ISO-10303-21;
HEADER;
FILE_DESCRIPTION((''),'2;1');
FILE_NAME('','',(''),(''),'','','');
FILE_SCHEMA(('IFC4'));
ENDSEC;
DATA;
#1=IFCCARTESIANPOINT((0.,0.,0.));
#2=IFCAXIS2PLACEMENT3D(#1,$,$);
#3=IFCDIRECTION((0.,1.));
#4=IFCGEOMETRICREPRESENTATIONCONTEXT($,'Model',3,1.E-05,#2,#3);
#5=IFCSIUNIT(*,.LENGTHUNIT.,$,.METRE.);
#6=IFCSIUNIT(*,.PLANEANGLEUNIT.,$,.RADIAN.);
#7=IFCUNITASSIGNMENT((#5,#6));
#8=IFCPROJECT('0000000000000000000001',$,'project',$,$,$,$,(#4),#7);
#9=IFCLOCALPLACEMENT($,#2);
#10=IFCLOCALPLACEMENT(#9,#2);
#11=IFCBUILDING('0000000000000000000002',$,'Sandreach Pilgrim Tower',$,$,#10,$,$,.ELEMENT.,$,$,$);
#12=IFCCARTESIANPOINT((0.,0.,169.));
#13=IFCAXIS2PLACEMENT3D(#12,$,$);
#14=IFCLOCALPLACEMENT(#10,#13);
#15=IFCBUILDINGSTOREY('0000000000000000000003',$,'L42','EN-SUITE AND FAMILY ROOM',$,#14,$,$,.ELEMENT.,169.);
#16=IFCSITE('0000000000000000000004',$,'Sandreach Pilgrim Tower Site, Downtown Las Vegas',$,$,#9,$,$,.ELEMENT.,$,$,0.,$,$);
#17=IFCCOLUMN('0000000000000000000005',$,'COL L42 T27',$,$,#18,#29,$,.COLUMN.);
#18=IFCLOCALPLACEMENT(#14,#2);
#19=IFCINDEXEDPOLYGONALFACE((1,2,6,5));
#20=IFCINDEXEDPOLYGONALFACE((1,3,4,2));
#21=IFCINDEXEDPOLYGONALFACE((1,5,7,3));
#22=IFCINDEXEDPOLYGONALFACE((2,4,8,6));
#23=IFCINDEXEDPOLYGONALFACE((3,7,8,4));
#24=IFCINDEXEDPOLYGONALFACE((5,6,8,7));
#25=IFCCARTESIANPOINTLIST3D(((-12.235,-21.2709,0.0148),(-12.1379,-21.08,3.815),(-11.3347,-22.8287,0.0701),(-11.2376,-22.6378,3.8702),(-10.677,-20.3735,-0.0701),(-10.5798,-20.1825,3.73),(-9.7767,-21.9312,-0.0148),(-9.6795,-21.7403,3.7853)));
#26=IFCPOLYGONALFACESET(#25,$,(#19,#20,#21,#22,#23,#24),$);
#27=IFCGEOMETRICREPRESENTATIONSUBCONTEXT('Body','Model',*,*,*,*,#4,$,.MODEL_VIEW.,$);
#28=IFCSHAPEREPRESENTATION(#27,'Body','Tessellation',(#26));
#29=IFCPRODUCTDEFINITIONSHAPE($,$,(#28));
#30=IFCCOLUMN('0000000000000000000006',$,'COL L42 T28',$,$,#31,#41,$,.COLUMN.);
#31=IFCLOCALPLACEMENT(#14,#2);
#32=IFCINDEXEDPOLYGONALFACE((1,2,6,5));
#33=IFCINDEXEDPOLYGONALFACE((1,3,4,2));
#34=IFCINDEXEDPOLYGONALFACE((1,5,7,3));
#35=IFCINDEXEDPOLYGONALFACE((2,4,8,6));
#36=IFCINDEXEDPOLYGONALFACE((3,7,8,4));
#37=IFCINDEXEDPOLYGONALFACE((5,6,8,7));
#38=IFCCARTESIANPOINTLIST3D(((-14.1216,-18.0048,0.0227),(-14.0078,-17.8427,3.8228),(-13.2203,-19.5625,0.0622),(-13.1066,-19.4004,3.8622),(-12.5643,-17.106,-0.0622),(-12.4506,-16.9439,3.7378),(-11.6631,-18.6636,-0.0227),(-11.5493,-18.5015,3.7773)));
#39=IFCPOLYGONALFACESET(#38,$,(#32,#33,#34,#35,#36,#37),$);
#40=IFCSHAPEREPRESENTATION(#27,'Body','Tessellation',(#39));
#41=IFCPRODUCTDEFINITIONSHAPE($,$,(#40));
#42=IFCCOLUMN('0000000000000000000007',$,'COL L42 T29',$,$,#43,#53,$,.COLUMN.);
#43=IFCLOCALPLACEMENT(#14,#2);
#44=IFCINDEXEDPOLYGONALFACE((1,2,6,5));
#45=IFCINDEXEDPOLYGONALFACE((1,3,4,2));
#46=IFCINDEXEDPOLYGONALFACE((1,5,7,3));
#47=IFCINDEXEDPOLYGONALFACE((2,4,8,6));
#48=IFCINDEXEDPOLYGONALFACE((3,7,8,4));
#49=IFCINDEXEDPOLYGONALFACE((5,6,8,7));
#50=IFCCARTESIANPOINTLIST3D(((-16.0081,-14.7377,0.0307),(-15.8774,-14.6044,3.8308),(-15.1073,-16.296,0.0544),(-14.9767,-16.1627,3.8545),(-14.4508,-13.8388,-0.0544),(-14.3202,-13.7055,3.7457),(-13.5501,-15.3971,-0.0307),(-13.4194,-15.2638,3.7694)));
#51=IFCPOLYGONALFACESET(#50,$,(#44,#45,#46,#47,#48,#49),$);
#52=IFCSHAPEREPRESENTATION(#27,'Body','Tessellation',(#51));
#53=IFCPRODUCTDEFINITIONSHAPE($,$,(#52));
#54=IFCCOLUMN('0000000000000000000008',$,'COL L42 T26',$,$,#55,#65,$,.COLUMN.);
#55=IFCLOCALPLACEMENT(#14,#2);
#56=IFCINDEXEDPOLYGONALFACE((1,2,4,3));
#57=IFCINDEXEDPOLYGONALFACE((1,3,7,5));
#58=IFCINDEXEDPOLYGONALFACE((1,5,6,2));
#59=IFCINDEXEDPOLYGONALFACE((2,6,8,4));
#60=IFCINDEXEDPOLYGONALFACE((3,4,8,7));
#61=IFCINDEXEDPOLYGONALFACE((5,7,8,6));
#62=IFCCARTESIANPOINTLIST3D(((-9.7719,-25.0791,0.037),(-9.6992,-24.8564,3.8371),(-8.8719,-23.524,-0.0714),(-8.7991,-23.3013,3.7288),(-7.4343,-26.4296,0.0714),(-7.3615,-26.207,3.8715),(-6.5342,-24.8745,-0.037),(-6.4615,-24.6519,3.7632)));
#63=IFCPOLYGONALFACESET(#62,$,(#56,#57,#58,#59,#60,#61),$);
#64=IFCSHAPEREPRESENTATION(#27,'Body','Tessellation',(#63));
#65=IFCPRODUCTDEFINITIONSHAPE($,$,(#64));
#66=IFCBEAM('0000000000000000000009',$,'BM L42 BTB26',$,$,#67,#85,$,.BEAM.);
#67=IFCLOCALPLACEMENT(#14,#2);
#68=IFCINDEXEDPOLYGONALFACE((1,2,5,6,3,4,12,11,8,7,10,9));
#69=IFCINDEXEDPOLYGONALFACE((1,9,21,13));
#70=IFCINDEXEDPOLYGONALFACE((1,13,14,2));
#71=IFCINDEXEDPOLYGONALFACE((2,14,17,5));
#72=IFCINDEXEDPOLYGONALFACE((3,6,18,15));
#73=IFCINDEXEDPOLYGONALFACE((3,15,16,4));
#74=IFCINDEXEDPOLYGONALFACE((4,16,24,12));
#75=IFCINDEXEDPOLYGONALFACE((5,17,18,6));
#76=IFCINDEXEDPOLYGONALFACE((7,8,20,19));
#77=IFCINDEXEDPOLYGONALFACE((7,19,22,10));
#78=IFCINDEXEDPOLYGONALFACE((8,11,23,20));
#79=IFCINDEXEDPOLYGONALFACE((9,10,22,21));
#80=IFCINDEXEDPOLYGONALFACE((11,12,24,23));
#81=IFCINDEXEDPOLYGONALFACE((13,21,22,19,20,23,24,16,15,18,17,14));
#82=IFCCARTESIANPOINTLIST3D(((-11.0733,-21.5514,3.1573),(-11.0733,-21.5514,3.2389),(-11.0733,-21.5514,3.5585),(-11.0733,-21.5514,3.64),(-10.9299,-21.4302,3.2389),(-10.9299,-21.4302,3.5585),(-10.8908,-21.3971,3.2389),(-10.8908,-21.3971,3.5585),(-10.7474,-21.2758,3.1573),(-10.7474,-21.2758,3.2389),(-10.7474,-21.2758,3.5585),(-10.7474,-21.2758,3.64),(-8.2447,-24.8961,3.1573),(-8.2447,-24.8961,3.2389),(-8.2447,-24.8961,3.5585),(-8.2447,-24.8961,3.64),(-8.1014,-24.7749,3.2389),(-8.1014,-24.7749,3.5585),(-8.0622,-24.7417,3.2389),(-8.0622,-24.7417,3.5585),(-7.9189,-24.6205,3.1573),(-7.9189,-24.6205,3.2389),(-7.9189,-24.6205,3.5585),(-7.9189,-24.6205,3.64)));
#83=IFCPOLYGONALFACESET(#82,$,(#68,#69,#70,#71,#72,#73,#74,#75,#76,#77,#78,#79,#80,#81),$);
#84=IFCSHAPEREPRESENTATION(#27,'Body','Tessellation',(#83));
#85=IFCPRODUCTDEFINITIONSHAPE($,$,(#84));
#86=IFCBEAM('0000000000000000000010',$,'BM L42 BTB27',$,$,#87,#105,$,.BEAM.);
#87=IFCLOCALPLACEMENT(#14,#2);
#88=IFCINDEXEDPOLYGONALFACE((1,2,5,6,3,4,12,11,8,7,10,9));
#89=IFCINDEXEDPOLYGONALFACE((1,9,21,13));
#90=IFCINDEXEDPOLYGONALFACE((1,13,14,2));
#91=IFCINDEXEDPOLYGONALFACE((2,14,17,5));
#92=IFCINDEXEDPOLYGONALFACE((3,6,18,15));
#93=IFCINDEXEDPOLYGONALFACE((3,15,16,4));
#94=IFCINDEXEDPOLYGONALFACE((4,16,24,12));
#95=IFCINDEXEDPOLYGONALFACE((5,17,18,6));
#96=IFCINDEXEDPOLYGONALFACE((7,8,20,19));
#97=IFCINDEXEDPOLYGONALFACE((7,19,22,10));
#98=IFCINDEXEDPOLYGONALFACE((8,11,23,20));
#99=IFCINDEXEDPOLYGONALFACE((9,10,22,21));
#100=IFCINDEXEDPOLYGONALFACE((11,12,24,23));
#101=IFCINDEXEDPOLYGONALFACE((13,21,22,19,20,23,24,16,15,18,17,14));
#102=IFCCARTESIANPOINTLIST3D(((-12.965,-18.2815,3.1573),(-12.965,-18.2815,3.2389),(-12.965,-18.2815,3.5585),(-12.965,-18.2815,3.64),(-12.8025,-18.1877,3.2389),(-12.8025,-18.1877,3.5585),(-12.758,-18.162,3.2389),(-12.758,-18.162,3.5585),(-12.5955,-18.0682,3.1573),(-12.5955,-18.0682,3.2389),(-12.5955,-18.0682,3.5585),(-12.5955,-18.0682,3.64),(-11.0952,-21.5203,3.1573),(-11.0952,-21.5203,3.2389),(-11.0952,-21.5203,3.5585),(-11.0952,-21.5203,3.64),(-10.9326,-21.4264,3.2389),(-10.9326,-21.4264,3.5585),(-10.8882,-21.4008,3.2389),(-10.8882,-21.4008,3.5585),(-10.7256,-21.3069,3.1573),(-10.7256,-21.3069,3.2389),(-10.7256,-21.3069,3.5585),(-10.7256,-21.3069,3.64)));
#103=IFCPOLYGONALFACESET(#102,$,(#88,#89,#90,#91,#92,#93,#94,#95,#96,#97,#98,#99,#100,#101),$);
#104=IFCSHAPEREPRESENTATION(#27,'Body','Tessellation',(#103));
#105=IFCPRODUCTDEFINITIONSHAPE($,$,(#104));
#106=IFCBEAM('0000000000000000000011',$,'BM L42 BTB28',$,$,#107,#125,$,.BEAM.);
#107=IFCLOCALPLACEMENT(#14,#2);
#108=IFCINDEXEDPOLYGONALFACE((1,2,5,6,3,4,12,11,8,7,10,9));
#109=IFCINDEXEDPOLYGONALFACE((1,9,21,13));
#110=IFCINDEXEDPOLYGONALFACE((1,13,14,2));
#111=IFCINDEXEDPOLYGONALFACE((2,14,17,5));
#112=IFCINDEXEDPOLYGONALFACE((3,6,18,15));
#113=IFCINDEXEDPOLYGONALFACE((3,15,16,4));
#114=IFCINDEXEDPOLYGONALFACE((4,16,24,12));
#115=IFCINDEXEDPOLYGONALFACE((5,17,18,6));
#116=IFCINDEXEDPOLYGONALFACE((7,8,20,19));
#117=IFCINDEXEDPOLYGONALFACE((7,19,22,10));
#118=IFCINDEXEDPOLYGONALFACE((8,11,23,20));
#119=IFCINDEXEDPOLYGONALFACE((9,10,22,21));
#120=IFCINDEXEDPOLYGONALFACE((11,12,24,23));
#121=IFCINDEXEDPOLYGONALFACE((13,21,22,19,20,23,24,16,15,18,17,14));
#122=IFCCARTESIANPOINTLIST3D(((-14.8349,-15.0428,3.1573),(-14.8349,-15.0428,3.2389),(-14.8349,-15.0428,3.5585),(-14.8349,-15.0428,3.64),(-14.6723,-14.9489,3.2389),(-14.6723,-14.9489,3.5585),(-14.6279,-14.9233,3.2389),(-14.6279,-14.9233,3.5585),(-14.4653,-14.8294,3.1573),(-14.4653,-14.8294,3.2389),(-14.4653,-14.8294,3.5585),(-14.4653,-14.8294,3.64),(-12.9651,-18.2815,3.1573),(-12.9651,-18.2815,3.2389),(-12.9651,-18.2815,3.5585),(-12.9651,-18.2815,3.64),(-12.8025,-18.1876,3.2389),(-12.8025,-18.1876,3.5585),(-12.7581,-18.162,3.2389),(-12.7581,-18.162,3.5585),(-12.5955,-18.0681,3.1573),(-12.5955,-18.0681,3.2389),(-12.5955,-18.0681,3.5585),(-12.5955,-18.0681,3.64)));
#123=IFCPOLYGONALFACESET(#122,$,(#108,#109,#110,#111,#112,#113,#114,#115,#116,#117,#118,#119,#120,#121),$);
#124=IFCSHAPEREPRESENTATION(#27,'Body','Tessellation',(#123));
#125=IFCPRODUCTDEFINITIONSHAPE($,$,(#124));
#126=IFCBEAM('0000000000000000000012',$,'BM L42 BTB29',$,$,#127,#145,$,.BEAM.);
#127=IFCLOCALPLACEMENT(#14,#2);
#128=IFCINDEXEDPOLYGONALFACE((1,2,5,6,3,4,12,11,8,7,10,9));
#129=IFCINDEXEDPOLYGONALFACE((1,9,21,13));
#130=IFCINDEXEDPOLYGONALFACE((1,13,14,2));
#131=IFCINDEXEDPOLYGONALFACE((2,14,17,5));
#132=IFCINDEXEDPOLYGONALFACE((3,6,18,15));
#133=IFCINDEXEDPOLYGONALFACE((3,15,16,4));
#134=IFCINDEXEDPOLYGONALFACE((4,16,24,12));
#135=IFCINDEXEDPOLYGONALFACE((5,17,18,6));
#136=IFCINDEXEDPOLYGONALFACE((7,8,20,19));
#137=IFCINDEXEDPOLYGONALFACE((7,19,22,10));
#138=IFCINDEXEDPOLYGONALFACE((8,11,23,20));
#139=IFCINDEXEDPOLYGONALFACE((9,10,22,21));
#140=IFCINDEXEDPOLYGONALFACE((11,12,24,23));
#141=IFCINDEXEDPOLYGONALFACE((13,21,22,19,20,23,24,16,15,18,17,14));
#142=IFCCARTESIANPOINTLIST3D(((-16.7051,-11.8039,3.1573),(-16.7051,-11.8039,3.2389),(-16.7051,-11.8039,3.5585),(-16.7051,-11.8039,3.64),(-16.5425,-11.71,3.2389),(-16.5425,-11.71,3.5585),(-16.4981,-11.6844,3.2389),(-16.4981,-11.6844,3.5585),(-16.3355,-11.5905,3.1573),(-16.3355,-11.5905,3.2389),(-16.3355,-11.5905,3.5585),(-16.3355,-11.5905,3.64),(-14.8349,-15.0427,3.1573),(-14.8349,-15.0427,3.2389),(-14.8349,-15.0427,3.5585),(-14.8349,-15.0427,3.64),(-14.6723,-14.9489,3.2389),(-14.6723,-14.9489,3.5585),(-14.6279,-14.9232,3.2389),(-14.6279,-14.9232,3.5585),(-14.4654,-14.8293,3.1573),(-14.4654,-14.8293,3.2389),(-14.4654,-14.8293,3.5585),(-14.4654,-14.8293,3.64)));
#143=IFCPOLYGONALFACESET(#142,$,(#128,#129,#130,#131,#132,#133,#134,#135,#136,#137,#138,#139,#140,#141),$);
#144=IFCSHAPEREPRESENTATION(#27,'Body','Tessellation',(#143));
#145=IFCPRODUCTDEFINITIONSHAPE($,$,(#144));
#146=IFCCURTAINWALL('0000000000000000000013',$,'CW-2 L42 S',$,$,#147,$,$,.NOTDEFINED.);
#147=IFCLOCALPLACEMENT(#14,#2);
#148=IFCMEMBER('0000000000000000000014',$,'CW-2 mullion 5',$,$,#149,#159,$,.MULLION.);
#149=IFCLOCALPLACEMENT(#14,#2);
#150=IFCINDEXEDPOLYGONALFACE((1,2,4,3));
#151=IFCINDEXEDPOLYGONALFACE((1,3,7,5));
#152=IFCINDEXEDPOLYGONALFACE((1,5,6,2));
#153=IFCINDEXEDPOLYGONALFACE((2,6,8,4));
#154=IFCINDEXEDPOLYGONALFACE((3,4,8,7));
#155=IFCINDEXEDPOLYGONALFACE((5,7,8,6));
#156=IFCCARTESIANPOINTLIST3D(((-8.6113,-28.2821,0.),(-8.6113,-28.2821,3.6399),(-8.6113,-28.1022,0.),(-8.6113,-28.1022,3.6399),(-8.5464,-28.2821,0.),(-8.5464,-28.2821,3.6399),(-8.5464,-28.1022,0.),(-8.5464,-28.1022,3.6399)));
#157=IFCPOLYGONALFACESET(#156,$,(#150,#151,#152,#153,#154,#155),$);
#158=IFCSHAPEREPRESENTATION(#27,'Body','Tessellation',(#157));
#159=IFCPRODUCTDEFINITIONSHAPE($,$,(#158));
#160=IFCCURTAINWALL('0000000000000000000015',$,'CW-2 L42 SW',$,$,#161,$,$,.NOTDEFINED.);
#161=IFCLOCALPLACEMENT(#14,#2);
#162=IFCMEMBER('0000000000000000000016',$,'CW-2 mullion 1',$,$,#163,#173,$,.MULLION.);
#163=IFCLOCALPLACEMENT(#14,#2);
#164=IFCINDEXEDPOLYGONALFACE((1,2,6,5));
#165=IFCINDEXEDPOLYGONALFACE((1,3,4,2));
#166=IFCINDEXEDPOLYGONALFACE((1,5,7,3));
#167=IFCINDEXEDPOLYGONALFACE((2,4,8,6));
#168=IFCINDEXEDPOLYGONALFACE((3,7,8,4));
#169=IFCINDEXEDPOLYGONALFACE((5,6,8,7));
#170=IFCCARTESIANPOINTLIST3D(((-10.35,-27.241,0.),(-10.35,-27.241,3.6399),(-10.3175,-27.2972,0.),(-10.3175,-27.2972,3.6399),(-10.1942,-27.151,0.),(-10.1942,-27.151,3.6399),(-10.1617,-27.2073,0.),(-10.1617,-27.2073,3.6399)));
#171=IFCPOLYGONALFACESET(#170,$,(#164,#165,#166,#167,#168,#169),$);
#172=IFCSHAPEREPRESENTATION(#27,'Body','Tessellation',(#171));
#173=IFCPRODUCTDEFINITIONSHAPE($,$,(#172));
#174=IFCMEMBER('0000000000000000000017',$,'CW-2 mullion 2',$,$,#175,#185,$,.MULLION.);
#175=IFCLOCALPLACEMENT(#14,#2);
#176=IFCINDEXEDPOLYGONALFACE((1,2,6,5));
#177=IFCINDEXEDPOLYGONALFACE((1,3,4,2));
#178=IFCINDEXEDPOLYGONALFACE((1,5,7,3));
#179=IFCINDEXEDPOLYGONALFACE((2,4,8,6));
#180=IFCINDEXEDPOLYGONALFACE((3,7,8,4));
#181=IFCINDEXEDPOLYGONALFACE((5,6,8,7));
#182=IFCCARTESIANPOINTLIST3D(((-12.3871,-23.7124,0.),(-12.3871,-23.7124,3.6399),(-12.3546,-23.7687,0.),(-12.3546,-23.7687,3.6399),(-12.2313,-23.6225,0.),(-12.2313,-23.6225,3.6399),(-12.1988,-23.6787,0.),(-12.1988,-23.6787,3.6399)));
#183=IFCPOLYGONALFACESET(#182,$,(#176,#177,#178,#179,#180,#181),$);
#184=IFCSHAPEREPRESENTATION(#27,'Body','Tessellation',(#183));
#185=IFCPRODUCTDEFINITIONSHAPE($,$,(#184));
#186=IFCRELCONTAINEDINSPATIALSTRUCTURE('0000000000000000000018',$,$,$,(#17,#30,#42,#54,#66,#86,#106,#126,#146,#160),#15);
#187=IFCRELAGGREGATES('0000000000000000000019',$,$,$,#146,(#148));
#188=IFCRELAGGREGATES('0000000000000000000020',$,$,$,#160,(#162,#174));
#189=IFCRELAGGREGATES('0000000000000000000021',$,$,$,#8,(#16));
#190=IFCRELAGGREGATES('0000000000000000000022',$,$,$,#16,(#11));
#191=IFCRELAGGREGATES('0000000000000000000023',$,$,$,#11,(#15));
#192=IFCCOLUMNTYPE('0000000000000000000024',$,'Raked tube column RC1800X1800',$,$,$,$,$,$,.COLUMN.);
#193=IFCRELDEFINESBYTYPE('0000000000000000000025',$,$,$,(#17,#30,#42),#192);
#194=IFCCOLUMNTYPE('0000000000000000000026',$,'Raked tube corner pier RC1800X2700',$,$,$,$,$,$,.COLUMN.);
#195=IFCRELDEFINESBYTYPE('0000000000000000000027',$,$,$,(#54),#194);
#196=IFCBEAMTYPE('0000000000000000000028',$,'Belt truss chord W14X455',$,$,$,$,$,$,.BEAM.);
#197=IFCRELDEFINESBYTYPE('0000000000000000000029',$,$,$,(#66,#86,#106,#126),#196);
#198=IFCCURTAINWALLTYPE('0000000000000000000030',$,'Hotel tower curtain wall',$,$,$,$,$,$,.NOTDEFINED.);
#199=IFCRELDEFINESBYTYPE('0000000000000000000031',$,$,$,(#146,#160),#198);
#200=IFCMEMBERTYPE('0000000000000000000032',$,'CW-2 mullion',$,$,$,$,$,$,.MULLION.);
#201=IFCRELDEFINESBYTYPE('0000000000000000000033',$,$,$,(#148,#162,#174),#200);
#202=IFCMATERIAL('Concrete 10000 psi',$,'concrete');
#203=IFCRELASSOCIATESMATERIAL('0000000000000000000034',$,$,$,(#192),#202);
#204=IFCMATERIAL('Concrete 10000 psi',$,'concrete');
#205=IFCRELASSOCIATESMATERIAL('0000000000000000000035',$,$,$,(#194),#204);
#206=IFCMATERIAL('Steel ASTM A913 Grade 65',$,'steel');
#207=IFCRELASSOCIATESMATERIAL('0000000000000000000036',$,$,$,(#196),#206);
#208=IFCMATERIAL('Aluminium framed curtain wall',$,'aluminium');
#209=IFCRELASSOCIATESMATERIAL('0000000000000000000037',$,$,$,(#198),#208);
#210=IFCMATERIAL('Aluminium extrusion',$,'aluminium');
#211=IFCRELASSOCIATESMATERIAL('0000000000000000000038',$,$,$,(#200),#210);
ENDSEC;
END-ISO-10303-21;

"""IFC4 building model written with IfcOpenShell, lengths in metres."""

from ifc_helpers import new_model, si_unit, direction, frame, origin, origin_2d, place, context, subcontext, project, spatial, rectangle, i_section, extrude, material, material_profile, profile_set, type_object, element, aggregate, save


model = new_model("IFC4")

# Units and contexts
model_context = context("Model", 3, precision=1e-05, world=origin(), true_north=direction((0.0, 1.0)))
body_context = subcontext(model_context, "Body", "Model", "MODEL_VIEW")
ifc_project = project(units=[si_unit("LENGTHUNIT", "METRE"), si_unit("PLANEANGLEUNIT", "RADIAN")], contexts=[model_context])

# Site, building, storey
site_placement = place(None, origin())
site = spatial("IfcSite", under=ifc_project, at=site_placement, Name="Sandreach Pilgrim Tower Site, Downtown Las Vegas", CompositionType="ELEMENT", RefElevation=0.0)
building_placement = place(site_placement, origin())
building = spatial("IfcBuilding", under=site, at=building_placement, Name="Sandreach Pilgrim Tower", CompositionType="ELEMENT")
storey_placement = place(building_placement, frame((0.0, 0.0, 169.0)))
storey = spatial("IfcBuildingStorey", under=building, at=storey_placement, Name="L42", Description="EN-SUITE AND FAMILY ROOM", CompositionType="ELEMENT", Elevation=169.0)

# Columns
ifc_material_1 = material(Name="Concrete 10000 psi", Category="concrete")
ifc_material_profile_1 = material_profile(ifc_material_1, rectangle(XDim=1.8, YDim=1.8, at=origin_2d()), Name="RC1800X1800")
ifc_profile_set_1 = profile_set([ifc_material_profile_1], Name="Concrete 10000 psi")
column_type_1 = type_object("IfcColumnType", Name="Raked tube column RC1800X1800", PredefinedType="COLUMN", material=ifc_profile_set_1)
column_1_placement = place(storey_placement, frame((-11.0059, -21.6011, 0.0), z_axis=(0.02553, 0.050161, 0.998415), x_axis=(-0.865565, -0.498569, 0.047181)))
element("IfcColumn", 1, at=column_1_placement, inside=storey, type_object=column_type_1, Name="COL L42 T27", PredefinedType="COLUMN", context=body_context, shape_type="SweptSolid", body=[
    extrude(rectangle(XDim=1.8, YDim=1.8, at=origin_2d()), origin(), (0.0, 0.0, 1.0), 3.8062),
])
column_2_placement = place(storey_placement, frame((-12.8923, -18.3342, 0.0), z_axis=(0.029898, 0.042602, 0.998645), x_axis=(-0.865116, -0.499346, 0.047203)))
element("IfcColumn", 2, at=column_2_placement, inside=storey, type_object=column_type_1, Name="COL L42 T28", PredefinedType="COLUMN", context=body_context, shape_type="SweptSolid", body=[
    extrude(rectangle(XDim=1.8, YDim=1.8, at=origin_2d()), origin(), (0.0, 0.0, 1.0), 3.8052),
])
column_3_placement = place(storey_placement, frame((-14.7791, -15.0674, 0.0), z_axis=(0.034331, 0.035036, 0.998796), x_axis=(-0.86511, -0.499351, 0.047252)))
element("IfcColumn", 3, at=column_3_placement, inside=storey, type_object=column_type_1, Name="COL L42 T29", PredefinedType="COLUMN", context=body_context, shape_type="SweptSolid", body=[
    extrude(rectangle(XDim=1.8, YDim=1.8, at=origin_2d()), origin(), (0.0, 0.0, 1.0), 3.8047),
])
ifc_material_2 = material(Name="Concrete 10000 psi", Category="concrete")
ifc_material_profile_2 = material_profile(ifc_material_2, rectangle(XDim=1.8, YDim=2.7, at=origin_2d()), Name="RC1800X2700")
ifc_profile_set_2 = profile_set([ifc_material_profile_2], Name="Concrete 10000 psi")
column_type_2 = type_object("IfcColumnType", Name="Raked tube corner pier RC1800X2700", PredefinedType="COLUMN", material=ifc_profile_set_2)
column_4_placement = place(storey_placement, frame((-8.1531, -24.9768, 0.0), z_axis=(0.019109, 0.058482, 0.998106), x_axis=(-0.500013, -0.863924, 0.060193)))
element("IfcColumn", 4, at=column_4_placement, inside=storey, type_object=column_type_2, Name="COL L42 T26", PredefinedType="COLUMN", context=body_context, shape_type="SweptSolid", body=[
    extrude(rectangle(XDim=1.8, YDim=2.7, at=origin_2d()), origin(), (0.0, 0.0, 1.0), 3.8074),
])

# Beams
ifc_material_3 = material(Name="Steel ASTM A913 Grade 65", Category="steel")
ifc_material_profile_3 = material_profile(ifc_material_3, i_section(OverallWidth=0.4268, OverallDepth=0.4827, WebThickness=0.0513, FlangeThickness=0.0815, at=origin_2d()), Name="W14X455")
ifc_profile_set_3 = profile_set([ifc_material_profile_3], Name="Steel ASTM A913 Grade 65")
beam_type_1 = type_object("IfcBeamType", Name="Belt truss chord W14X455", PredefinedType="BEAM", material=ifc_profile_set_3)
beam_1_placement = place(storey_placement, frame((-8.0818, -24.7583, 3.3987), z_axis=(-0.645737, 0.76356, 0.0), x_axis=(-0.76356, -0.645737, 0.0)))
element("IfcBeam", 5, at=beam_1_placement, inside=storey, type_object=beam_type_1, Name="BM L42 BTB26", PredefinedType="BEAM", context=body_context, shape_type="SweptSolid", body=[
    extrude(i_section(OverallWidth=0.4268, OverallDepth=0.4827, WebThickness=0.0513, FlangeThickness=0.0815, at=origin_2d()), origin(), (0.0, 0.0, 1.0), 4.3804),
])
for number, where, z_axis, x_axis, name in (
    (6, (-10.9104, -21.4136, 3.3987), (-0.499994, 0.866029, 0.0), (-0.866029, -0.499994, 0.0), "BM L42 BTB27"),
    (7, (-12.7803, -18.1748, 3.3987), (-0.499994, 0.866029, 0.0), (-0.866029, -0.499994, 0.0), "BM L42 BTB28"),
):
    element("IfcBeam", number, at=place(storey_placement, frame(where, z_axis=z_axis, x_axis=x_axis)), inside=storey, type_object=beam_type_1, Name=name, PredefinedType="BEAM", context=body_context, shape_type="SweptSolid", body=[
        extrude(i_section(OverallWidth=0.4268, OverallDepth=0.4827, WebThickness=0.0513, FlangeThickness=0.0815, at=origin_2d()), origin(), (0.0, 0.0, 1.0), 3.7397),
    ])
beam_2_placement = place(storey_placement, frame((-14.6501, -14.936, 3.3987), z_axis=(-0.500043, 0.866001, 0.0), x_axis=(-0.866001, -0.500043, 0.0)))
element("IfcBeam", 8, at=beam_2_placement, inside=storey, type_object=beam_type_1, Name="BM L42 BTB29", PredefinedType="BEAM", context=body_context, shape_type="SweptSolid", body=[
    extrude(i_section(OverallWidth=0.4268, OverallDepth=0.4827, WebThickness=0.0513, FlangeThickness=0.0815, at=origin_2d()), origin(), (0.0, 0.0, 1.0), 3.74),
])

# Curtain wall, member
ifc_material_4 = material(Name="Aluminium framed curtain wall", Category="aluminium")
curtain_wall_type = type_object("IfcCurtainWallType", Name="Hotel tower curtain wall", PredefinedType="NOTDEFINED", material=ifc_material_4)
curtain_wall_1_placement = place(storey_placement, origin())
curtain_wall_1 = element("IfcCurtainWall", 9, at=curtain_wall_1_placement, inside=storey, type_object=curtain_wall_type, Name="CW-2 L42 S", PredefinedType="NOTDEFINED")
ifc_material_5 = material(Name="Aluminium extrusion", Category="aluminium")
ifc_material_profile_4 = material_profile(ifc_material_5, rectangle(XDim=0.0649, YDim=0.1799, at=origin_2d()), Name="CW-2M 65X180")
ifc_profile_set_4 = profile_set([ifc_material_profile_4], Name="Aluminium extrusion")
member_type_1 = type_object("IfcMemberType", Name="CW-2 mullion", PredefinedType="MULLION", material=ifc_profile_set_4)
member_1_placement = place(storey_placement, frame((-8.5789, -28.1921, 0.0), z_axis=(0.0, 0.0, 1.0), x_axis=(-1.0, 0.0, 0.0)))
member_1 = element("IfcMember", 10, at=member_1_placement, type_object=member_type_1, Name="CW-2 mullion 5", PredefinedType="MULLION", context=body_context, shape_type="SweptSolid", body=[
    extrude(rectangle(XDim=0.0649, YDim=0.1799, at=origin_2d()), origin(), (0.0, 0.0, 1.0), 3.6399),
])
aggregate(curtain_wall_1, [member_1])

# Curtain wall, members
curtain_wall_2_placement = place(storey_placement, origin())
curtain_wall_2 = element("IfcCurtainWall", 11, at=curtain_wall_2_placement, inside=storey, type_object=curtain_wall_type, Name="CW-2 L42 SW", PredefinedType="NOTDEFINED")
member_2_placement = place(storey_placement, frame((-10.2559, -27.2241, 0.0), z_axis=(0.0, 0.0, 1.0), x_axis=(-0.5, 0.866025, 0.0)))
member_2 = element("IfcMember", 12, at=member_2_placement, type_object=member_type_1, Name="CW-2 mullion 1", PredefinedType="MULLION", context=body_context, shape_type="SweptSolid", body=[
    extrude(rectangle(XDim=0.0649, YDim=0.1799, at=origin_2d()), origin(), (0.0, 0.0, 1.0), 3.6399),
])
member_3_placement = place(storey_placement, frame((-12.293, -23.6956, 0.0), z_axis=(0.0, 0.0, 1.0), x_axis=(-0.5, 0.866025, 0.0)))
member_3 = element("IfcMember", 13, at=member_3_placement, type_object=member_type_1, Name="CW-2 mullion 2", PredefinedType="MULLION", context=body_context, shape_type="SweptSolid", body=[
    extrude(rectangle(XDim=0.0649, YDim=0.1799, at=origin_2d()), origin(), (0.0, 0.0, 1.0), 3.6399),
])

aggregate(curtain_wall_2, [member_2, member_3])

save(model, "model.ifc")
